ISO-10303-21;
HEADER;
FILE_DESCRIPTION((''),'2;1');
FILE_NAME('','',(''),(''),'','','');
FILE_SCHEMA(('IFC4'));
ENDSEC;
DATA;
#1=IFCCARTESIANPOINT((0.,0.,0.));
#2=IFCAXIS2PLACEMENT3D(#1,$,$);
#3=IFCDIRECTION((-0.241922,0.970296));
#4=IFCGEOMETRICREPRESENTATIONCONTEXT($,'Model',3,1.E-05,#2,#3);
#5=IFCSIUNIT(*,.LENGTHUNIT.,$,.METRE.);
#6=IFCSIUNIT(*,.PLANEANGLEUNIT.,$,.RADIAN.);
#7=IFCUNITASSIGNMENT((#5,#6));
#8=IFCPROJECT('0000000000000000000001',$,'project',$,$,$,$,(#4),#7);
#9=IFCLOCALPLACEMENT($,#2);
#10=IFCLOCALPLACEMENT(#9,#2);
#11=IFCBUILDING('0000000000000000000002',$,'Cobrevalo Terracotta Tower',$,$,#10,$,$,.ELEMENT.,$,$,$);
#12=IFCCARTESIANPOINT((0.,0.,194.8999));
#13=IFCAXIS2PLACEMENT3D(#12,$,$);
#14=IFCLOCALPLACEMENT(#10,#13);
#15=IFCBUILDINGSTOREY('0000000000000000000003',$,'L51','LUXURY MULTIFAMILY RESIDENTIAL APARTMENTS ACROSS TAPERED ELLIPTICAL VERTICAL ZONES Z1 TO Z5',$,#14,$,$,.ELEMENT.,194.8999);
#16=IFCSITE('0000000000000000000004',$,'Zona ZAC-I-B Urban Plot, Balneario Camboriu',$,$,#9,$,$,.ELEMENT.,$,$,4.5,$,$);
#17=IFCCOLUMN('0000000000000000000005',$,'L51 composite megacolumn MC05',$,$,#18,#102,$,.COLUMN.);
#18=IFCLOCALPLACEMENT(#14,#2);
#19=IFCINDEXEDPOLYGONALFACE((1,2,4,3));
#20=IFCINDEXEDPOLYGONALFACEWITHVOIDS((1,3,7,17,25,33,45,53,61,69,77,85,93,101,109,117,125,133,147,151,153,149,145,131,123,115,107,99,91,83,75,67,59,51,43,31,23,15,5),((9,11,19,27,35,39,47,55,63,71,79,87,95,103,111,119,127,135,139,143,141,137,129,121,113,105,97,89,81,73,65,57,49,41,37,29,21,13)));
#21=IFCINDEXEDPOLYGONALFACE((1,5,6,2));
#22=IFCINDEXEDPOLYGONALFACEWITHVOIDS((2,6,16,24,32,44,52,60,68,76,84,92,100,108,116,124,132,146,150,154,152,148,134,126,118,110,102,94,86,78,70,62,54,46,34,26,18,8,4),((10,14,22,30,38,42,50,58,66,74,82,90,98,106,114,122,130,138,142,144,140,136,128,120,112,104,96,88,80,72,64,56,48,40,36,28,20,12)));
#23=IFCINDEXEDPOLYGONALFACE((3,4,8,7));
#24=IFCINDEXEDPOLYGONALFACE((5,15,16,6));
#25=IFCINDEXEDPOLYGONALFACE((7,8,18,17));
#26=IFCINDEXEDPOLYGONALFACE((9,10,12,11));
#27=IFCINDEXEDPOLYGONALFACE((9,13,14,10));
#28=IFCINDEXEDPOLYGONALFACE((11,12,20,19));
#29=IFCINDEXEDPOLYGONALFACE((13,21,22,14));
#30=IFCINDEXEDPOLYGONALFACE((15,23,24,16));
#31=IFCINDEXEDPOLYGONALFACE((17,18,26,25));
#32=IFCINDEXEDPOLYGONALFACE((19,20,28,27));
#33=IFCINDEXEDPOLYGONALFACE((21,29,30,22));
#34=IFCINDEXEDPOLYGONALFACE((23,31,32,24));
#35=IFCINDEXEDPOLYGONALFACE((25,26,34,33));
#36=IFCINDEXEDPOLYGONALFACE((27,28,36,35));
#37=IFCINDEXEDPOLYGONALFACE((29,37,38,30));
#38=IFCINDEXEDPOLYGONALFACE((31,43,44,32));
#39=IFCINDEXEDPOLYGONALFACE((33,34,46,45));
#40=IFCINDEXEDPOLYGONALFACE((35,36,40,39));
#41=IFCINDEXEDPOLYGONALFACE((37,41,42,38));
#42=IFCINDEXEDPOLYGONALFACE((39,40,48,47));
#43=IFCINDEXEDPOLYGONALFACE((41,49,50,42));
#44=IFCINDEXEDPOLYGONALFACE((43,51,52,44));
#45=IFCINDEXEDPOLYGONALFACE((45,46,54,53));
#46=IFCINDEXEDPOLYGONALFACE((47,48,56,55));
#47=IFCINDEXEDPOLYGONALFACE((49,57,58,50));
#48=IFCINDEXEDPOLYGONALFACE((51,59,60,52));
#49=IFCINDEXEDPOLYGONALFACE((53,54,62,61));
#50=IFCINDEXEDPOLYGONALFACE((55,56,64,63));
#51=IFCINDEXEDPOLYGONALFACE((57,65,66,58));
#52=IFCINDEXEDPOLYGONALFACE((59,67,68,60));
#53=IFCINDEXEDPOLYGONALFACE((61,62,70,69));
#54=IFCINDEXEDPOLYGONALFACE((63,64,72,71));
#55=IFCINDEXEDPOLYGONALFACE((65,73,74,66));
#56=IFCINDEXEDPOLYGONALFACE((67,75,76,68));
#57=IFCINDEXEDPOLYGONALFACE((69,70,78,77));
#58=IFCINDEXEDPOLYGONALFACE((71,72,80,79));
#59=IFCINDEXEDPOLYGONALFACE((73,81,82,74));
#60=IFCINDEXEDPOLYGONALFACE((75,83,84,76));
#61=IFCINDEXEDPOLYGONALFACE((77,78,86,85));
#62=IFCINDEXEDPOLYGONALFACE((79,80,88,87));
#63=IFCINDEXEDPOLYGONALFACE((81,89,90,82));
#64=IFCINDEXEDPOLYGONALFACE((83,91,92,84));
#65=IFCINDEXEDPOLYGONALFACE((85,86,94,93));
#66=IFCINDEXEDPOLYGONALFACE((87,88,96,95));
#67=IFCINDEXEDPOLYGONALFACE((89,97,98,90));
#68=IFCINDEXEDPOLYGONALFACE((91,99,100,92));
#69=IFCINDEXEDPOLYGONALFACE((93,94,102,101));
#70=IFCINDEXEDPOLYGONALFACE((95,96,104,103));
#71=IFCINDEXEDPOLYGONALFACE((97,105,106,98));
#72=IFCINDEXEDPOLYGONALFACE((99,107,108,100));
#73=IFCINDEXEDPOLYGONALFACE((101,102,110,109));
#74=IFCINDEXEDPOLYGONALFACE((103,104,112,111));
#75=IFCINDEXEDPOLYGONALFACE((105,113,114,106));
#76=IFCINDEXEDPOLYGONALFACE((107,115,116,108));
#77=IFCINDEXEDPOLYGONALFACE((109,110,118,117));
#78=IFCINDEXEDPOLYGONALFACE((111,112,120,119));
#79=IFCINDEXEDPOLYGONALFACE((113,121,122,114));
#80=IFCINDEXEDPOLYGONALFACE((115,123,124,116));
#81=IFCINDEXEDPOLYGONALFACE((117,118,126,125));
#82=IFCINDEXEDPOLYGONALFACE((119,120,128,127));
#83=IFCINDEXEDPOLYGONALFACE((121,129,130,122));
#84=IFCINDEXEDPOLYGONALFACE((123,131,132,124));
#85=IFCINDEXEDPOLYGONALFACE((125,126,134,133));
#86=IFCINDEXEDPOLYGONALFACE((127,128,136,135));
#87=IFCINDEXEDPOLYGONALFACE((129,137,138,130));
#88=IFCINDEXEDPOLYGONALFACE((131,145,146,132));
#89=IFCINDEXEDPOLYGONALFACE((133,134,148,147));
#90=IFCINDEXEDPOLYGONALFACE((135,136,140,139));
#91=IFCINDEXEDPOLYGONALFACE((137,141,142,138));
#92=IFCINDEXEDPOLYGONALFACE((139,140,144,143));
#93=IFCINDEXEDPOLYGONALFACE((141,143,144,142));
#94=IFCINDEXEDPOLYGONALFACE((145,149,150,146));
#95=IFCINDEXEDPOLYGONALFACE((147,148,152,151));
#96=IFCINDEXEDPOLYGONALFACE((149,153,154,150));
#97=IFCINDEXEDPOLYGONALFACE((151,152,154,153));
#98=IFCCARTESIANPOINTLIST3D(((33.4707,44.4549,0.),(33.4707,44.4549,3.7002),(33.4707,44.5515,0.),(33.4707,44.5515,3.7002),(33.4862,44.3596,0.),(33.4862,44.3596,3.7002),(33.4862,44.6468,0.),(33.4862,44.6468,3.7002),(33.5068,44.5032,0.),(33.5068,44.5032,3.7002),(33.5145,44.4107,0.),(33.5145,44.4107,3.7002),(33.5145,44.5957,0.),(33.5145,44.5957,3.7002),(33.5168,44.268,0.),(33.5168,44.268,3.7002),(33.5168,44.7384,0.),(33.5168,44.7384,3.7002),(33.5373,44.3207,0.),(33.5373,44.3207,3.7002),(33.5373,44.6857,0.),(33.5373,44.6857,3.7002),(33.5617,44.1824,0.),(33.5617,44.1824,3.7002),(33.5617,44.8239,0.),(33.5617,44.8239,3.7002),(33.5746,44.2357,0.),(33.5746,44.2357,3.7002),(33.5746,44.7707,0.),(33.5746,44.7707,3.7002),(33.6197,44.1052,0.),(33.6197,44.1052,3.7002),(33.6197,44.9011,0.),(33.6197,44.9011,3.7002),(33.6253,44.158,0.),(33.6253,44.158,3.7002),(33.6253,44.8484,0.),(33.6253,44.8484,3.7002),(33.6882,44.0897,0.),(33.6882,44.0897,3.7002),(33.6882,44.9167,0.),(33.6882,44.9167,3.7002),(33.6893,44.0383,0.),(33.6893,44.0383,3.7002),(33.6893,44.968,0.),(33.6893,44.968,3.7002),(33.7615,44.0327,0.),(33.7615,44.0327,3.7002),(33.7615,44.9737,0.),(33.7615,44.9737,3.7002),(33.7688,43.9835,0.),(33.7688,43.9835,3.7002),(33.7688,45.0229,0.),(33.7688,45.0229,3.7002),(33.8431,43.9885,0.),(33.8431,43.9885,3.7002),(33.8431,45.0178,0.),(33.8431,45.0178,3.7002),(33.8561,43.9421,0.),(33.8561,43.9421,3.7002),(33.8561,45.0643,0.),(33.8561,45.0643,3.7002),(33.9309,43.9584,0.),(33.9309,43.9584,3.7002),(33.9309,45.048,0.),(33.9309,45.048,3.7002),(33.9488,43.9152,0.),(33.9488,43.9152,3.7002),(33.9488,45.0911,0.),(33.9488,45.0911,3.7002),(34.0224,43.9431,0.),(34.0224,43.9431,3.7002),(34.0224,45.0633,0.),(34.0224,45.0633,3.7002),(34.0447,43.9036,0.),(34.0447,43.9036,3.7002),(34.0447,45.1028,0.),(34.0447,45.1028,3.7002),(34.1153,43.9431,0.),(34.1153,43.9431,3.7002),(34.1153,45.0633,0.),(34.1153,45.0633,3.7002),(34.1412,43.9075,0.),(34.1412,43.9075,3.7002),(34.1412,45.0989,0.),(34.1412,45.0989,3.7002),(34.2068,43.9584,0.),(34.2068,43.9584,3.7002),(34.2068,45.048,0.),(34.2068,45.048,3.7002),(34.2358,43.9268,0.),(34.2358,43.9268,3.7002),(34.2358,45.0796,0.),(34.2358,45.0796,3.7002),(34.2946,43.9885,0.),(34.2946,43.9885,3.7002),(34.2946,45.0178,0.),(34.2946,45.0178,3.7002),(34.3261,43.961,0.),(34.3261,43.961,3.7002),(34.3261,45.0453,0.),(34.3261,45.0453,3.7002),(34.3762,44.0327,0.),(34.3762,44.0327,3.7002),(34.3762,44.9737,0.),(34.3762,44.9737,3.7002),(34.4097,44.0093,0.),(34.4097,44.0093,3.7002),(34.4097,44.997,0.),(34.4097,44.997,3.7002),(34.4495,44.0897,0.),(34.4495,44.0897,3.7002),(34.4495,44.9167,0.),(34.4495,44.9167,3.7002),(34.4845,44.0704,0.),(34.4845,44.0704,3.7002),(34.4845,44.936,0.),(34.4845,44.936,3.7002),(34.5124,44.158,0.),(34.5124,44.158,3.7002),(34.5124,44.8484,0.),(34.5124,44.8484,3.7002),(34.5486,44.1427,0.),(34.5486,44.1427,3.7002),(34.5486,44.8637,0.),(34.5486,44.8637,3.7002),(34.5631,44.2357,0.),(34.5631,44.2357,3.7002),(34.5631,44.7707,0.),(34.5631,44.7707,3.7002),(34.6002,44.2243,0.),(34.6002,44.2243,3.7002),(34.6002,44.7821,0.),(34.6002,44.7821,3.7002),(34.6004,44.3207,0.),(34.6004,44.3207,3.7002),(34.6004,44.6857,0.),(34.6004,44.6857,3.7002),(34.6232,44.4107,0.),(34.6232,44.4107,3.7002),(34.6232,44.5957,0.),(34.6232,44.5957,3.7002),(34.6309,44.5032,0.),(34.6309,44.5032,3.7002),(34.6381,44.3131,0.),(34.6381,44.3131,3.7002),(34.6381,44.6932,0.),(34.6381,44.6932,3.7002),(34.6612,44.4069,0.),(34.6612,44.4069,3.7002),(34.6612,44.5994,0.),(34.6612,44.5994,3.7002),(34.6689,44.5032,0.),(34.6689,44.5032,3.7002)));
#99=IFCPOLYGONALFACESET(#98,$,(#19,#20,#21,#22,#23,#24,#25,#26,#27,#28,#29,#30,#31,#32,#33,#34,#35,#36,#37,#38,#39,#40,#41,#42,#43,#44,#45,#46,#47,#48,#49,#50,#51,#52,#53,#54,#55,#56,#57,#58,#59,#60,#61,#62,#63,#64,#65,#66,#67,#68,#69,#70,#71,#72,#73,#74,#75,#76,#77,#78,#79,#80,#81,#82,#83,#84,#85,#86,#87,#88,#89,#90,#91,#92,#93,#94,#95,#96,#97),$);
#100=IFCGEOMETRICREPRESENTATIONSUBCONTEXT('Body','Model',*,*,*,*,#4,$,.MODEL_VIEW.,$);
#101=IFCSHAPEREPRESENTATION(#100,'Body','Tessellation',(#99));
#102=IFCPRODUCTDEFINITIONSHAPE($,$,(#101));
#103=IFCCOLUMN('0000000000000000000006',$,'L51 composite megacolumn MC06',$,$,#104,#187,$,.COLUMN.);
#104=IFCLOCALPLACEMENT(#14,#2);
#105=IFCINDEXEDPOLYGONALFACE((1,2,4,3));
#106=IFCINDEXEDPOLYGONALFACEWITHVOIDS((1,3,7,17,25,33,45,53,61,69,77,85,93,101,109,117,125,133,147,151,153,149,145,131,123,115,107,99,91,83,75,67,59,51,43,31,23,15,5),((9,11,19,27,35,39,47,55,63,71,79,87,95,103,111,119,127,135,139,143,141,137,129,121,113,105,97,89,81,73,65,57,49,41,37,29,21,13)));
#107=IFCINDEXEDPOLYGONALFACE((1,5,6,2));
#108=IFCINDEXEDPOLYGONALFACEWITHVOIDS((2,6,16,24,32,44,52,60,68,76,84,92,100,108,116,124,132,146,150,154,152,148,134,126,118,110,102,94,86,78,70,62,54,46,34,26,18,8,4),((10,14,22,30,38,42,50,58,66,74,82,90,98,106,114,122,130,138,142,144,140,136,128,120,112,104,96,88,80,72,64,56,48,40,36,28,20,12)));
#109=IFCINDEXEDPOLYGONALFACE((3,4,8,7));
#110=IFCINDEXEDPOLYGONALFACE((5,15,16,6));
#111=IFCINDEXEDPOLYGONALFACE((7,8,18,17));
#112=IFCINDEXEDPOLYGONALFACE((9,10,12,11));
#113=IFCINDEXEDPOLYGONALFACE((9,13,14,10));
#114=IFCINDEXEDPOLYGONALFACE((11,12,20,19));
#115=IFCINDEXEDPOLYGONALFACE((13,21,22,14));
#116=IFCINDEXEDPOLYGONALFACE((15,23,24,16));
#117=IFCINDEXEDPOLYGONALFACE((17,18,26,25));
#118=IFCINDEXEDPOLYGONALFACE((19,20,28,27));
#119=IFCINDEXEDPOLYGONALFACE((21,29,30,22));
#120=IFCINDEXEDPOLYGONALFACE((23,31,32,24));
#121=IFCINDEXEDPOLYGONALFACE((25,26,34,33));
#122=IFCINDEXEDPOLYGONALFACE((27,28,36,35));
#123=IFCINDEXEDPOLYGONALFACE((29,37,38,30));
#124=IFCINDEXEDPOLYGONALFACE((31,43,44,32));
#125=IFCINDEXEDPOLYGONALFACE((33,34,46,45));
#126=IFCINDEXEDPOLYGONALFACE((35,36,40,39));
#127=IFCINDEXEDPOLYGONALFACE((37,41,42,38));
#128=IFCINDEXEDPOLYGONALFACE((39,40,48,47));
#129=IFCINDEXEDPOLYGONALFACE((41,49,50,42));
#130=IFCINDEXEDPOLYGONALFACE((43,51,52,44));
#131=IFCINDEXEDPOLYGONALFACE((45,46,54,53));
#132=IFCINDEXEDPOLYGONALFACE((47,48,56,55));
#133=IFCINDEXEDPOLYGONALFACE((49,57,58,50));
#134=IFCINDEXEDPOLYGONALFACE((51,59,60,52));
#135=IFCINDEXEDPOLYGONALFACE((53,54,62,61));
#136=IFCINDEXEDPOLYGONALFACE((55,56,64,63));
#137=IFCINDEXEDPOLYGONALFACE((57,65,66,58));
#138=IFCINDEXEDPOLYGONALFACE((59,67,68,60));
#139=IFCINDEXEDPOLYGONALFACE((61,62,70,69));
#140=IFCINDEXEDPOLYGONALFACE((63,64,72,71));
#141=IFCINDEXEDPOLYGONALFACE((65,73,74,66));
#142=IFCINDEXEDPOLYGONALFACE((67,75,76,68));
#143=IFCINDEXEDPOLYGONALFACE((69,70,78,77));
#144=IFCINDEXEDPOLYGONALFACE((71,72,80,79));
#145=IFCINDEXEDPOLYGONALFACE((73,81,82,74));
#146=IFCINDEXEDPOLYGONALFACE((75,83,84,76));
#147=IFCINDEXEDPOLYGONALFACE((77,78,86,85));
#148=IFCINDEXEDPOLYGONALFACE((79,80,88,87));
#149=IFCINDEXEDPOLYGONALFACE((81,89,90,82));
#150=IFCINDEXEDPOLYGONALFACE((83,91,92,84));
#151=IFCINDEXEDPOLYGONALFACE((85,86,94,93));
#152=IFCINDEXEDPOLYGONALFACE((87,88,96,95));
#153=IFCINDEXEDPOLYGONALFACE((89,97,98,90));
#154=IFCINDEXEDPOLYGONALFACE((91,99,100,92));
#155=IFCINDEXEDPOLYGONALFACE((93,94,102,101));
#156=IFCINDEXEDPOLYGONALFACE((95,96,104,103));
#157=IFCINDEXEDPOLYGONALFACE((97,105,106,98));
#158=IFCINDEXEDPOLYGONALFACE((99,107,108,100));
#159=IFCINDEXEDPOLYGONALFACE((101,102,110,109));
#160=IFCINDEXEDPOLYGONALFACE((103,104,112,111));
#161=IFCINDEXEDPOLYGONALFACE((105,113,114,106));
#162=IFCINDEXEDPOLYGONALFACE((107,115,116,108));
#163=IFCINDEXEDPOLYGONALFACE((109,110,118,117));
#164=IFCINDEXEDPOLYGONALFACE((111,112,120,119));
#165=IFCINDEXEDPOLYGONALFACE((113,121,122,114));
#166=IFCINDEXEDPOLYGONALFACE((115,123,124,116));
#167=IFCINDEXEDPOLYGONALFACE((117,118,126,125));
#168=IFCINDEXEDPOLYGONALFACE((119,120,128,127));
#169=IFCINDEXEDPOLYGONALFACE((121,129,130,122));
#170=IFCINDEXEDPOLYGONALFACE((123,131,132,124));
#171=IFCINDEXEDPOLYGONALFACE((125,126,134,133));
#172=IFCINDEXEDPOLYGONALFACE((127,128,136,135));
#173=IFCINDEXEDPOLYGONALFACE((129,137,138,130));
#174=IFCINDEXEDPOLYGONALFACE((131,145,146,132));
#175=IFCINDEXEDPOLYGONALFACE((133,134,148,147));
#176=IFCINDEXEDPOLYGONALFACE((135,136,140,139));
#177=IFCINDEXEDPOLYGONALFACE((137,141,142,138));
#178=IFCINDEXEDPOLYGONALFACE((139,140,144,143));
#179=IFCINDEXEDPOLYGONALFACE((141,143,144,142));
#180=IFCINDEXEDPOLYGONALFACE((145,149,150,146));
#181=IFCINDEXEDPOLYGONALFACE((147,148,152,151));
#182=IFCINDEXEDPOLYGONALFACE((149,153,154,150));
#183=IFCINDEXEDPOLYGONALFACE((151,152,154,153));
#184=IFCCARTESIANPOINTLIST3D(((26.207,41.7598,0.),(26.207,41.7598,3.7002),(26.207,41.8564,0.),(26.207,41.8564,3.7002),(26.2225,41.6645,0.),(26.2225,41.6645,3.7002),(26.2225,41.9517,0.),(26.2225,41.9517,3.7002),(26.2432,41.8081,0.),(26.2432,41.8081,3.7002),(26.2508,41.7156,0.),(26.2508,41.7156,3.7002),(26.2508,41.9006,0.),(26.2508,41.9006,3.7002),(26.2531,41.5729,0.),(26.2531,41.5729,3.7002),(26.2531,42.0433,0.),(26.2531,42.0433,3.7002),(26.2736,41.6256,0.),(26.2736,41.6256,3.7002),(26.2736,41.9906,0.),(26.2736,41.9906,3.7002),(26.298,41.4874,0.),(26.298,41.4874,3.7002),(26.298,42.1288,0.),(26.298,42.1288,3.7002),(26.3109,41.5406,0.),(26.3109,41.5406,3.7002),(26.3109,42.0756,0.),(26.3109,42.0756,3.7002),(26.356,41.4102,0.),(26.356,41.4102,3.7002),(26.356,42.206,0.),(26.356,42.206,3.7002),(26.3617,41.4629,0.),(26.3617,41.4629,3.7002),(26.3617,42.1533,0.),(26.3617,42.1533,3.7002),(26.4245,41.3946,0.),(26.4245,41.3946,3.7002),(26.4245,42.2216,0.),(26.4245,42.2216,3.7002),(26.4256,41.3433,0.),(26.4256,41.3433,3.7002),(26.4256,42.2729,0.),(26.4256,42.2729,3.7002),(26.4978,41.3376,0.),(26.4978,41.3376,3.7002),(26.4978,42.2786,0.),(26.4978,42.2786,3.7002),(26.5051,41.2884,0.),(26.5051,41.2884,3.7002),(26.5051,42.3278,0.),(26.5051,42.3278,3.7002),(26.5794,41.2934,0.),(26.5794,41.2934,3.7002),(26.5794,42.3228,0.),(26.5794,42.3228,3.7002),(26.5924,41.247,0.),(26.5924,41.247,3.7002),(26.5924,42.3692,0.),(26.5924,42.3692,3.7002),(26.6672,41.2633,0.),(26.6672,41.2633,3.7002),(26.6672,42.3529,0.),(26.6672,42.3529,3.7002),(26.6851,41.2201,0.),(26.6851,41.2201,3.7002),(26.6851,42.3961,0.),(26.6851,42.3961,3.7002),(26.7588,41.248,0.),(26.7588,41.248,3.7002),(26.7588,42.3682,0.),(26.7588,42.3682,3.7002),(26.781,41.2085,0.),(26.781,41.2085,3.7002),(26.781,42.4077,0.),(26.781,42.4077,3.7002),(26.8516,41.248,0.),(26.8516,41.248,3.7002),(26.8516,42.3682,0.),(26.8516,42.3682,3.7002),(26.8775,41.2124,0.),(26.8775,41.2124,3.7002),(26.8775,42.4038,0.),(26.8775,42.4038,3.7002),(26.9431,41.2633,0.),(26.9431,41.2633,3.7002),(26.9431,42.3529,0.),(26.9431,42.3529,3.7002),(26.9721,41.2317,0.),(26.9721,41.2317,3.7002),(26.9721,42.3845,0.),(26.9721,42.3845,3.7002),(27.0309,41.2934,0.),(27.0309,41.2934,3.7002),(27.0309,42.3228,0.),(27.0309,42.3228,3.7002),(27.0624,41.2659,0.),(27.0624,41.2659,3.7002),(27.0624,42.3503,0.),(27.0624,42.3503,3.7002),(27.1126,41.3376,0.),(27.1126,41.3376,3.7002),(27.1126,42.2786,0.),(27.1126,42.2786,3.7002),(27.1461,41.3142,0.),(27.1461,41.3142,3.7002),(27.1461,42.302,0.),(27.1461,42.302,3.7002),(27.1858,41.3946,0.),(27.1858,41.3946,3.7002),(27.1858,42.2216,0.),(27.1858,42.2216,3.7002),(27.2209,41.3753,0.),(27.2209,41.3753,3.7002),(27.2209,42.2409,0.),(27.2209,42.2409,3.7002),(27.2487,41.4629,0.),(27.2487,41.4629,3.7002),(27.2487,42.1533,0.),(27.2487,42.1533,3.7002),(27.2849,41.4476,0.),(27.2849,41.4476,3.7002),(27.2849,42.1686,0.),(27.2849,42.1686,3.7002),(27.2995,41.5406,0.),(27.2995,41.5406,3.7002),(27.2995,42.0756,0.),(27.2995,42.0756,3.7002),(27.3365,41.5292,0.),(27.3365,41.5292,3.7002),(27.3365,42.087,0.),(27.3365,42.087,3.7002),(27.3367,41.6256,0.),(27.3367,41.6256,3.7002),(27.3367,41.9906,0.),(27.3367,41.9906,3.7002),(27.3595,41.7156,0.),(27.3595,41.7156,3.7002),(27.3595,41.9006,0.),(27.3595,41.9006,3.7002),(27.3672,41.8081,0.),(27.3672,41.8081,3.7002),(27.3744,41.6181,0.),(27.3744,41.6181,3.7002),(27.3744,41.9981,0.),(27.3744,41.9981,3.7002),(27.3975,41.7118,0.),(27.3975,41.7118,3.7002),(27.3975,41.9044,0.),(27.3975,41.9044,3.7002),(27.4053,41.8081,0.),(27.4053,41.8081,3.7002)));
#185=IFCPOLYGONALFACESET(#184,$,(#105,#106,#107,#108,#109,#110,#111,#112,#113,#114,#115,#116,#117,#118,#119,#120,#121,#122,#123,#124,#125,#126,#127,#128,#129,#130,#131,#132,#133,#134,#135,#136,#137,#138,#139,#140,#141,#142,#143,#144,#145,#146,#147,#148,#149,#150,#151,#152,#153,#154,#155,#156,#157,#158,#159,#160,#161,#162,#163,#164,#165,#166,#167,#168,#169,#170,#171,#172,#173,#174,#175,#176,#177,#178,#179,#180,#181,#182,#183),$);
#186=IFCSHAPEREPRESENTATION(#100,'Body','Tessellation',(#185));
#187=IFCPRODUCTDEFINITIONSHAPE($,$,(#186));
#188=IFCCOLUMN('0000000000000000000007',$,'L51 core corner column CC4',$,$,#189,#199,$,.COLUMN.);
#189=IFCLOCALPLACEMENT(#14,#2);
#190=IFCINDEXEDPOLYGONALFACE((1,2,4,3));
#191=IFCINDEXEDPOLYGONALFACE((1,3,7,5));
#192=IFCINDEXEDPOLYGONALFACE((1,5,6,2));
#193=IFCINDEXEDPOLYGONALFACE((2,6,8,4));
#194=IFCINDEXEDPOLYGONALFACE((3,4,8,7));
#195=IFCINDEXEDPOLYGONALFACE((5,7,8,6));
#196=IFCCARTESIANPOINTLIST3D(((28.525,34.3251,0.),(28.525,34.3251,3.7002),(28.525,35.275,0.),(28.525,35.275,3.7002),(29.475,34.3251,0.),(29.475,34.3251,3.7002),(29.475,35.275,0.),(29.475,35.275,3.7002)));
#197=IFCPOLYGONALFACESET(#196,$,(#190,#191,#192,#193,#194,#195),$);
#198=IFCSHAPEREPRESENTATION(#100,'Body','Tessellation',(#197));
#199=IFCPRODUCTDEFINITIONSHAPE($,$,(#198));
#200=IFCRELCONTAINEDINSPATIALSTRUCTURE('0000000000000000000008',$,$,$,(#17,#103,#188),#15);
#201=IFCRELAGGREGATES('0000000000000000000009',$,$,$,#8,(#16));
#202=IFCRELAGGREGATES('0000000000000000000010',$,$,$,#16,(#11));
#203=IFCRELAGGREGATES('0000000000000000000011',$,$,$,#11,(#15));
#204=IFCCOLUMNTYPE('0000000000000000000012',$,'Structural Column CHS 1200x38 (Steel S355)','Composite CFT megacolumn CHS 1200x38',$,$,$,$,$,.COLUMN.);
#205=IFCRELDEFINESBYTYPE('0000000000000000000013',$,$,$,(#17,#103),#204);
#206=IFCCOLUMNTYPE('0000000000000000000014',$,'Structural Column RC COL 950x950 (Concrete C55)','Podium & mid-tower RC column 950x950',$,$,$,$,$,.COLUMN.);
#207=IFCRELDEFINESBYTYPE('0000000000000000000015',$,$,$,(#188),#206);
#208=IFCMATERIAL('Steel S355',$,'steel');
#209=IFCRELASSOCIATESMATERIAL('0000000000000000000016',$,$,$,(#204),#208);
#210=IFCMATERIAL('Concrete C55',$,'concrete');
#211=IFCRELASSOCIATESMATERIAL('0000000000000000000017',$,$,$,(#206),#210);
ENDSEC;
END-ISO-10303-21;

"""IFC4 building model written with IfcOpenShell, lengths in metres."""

from ifc_helpers import new_model, si_unit, direction, frame, origin, origin_2d, place, context, subcontext, project, spatial, rectangle, hollow_circle, extrude, material, material_profile, profile_set, type_object, element, save


model = new_model("IFC4")

# Units and contexts
model_context = context("Model", 3, precision=1e-05, world=origin(), true_north=direction((-0.241922, 0.970296)))
body_context = subcontext(model_context, "Body", "Model", "MODEL_VIEW")
ifc_project = project(units=[si_unit("LENGTHUNIT", "METRE"), si_unit("PLANEANGLEUNIT", "RADIAN")], contexts=[model_context])

# Site, building, storey
site_placement = place(None, origin())
site = spatial("IfcSite", under=ifc_project, at=site_placement, Name="Zona ZAC-I-B Urban Plot, Balneario Camboriu", CompositionType="ELEMENT", RefElevation=4.5)
building_placement = place(site_placement, origin())
building = spatial("IfcBuilding", under=site, at=building_placement, Name="Cobrevalo Terracotta Tower", CompositionType="ELEMENT")
storey_placement = place(building_placement, frame((0.0, 0.0, 194.8999)))
storey = spatial("IfcBuildingStorey", under=building, at=storey_placement, Name="L51", Description="LUXURY MULTIFAMILY RESIDENTIAL APARTMENTS ACROSS TAPERED ELLIPTICAL VERTICAL ZONES Z1 TO Z5", CompositionType="ELEMENT", Elevation=194.8999)

# Columns
ifc_material_1 = material(Name="Steel S355", Category="steel")
ifc_material_profile_1 = material_profile(ifc_material_1, hollow_circle(Radius=0.6001, WallThickness=0.0381, at=origin_2d()), Name="CHS 1200x38")
ifc_profile_set_1 = profile_set([ifc_material_profile_1], Name="Steel S355")
column_type_1 = type_object("IfcColumnType", Name="Structural Column CHS 1200x38 (Steel S355)", Description="Composite CFT megacolumn CHS 1200x38", PredefinedType="COLUMN", material=ifc_profile_set_1)
for number, where, z_axis, x_axis, name in (
    (1, (34.0688, 44.5032, 0.0), (0.0, 0.0, 1.0), (1.0, 0.0, 0.0), "L51 composite megacolumn MC05"),
    (2, (26.8052, 41.8081, 0.0), (0.0, 0.0, 1.0), (1.0, 0.0, 0.0), "L51 composite megacolumn MC06"),
):
    element("IfcColumn", number, at=place(storey_placement, frame(where, z_axis=z_axis, x_axis=x_axis)), inside=storey, type_object=column_type_1, Name=name, PredefinedType="COLUMN", context=body_context, shape_type="SweptSolid", body=[
        extrude(hollow_circle(Radius=0.6001, WallThickness=0.0381, at=origin_2d()), origin(), (0.0, 0.0, 1.0), 3.7002),
    ])
ifc_material_2 = material(Name="Concrete C55", Category="concrete")
ifc_material_profile_2 = material_profile(ifc_material_2, rectangle(XDim=0.95, YDim=0.95, at=origin_2d()), Name="RC COL 950x950")
ifc_profile_set_2 = profile_set([ifc_material_profile_2], Name="Concrete C55")
column_type_2 = type_object("IfcColumnType", Name="Structural Column RC COL 950x950 (Concrete C55)", Description="Podium & mid-tower RC column 950x950", PredefinedType="COLUMN", material=ifc_profile_set_2)
column_placement = place(storey_placement, frame((29.0, 34.8, 0.0), z_axis=(0.0, 0.0, 1.0), x_axis=(1.0, 0.0, 0.0)))
element("IfcColumn", 3, at=column_placement, inside=storey, type_object=column_type_2, Name="L51 core corner column CC4", PredefinedType="COLUMN", context=body_context, shape_type="SweptSolid", body=[
    extrude(rectangle(XDim=0.95, YDim=0.95, at=origin_2d()), origin(), (0.0, 0.0, 1.0), 3.7002),
])

save(model, "model.ifc")
